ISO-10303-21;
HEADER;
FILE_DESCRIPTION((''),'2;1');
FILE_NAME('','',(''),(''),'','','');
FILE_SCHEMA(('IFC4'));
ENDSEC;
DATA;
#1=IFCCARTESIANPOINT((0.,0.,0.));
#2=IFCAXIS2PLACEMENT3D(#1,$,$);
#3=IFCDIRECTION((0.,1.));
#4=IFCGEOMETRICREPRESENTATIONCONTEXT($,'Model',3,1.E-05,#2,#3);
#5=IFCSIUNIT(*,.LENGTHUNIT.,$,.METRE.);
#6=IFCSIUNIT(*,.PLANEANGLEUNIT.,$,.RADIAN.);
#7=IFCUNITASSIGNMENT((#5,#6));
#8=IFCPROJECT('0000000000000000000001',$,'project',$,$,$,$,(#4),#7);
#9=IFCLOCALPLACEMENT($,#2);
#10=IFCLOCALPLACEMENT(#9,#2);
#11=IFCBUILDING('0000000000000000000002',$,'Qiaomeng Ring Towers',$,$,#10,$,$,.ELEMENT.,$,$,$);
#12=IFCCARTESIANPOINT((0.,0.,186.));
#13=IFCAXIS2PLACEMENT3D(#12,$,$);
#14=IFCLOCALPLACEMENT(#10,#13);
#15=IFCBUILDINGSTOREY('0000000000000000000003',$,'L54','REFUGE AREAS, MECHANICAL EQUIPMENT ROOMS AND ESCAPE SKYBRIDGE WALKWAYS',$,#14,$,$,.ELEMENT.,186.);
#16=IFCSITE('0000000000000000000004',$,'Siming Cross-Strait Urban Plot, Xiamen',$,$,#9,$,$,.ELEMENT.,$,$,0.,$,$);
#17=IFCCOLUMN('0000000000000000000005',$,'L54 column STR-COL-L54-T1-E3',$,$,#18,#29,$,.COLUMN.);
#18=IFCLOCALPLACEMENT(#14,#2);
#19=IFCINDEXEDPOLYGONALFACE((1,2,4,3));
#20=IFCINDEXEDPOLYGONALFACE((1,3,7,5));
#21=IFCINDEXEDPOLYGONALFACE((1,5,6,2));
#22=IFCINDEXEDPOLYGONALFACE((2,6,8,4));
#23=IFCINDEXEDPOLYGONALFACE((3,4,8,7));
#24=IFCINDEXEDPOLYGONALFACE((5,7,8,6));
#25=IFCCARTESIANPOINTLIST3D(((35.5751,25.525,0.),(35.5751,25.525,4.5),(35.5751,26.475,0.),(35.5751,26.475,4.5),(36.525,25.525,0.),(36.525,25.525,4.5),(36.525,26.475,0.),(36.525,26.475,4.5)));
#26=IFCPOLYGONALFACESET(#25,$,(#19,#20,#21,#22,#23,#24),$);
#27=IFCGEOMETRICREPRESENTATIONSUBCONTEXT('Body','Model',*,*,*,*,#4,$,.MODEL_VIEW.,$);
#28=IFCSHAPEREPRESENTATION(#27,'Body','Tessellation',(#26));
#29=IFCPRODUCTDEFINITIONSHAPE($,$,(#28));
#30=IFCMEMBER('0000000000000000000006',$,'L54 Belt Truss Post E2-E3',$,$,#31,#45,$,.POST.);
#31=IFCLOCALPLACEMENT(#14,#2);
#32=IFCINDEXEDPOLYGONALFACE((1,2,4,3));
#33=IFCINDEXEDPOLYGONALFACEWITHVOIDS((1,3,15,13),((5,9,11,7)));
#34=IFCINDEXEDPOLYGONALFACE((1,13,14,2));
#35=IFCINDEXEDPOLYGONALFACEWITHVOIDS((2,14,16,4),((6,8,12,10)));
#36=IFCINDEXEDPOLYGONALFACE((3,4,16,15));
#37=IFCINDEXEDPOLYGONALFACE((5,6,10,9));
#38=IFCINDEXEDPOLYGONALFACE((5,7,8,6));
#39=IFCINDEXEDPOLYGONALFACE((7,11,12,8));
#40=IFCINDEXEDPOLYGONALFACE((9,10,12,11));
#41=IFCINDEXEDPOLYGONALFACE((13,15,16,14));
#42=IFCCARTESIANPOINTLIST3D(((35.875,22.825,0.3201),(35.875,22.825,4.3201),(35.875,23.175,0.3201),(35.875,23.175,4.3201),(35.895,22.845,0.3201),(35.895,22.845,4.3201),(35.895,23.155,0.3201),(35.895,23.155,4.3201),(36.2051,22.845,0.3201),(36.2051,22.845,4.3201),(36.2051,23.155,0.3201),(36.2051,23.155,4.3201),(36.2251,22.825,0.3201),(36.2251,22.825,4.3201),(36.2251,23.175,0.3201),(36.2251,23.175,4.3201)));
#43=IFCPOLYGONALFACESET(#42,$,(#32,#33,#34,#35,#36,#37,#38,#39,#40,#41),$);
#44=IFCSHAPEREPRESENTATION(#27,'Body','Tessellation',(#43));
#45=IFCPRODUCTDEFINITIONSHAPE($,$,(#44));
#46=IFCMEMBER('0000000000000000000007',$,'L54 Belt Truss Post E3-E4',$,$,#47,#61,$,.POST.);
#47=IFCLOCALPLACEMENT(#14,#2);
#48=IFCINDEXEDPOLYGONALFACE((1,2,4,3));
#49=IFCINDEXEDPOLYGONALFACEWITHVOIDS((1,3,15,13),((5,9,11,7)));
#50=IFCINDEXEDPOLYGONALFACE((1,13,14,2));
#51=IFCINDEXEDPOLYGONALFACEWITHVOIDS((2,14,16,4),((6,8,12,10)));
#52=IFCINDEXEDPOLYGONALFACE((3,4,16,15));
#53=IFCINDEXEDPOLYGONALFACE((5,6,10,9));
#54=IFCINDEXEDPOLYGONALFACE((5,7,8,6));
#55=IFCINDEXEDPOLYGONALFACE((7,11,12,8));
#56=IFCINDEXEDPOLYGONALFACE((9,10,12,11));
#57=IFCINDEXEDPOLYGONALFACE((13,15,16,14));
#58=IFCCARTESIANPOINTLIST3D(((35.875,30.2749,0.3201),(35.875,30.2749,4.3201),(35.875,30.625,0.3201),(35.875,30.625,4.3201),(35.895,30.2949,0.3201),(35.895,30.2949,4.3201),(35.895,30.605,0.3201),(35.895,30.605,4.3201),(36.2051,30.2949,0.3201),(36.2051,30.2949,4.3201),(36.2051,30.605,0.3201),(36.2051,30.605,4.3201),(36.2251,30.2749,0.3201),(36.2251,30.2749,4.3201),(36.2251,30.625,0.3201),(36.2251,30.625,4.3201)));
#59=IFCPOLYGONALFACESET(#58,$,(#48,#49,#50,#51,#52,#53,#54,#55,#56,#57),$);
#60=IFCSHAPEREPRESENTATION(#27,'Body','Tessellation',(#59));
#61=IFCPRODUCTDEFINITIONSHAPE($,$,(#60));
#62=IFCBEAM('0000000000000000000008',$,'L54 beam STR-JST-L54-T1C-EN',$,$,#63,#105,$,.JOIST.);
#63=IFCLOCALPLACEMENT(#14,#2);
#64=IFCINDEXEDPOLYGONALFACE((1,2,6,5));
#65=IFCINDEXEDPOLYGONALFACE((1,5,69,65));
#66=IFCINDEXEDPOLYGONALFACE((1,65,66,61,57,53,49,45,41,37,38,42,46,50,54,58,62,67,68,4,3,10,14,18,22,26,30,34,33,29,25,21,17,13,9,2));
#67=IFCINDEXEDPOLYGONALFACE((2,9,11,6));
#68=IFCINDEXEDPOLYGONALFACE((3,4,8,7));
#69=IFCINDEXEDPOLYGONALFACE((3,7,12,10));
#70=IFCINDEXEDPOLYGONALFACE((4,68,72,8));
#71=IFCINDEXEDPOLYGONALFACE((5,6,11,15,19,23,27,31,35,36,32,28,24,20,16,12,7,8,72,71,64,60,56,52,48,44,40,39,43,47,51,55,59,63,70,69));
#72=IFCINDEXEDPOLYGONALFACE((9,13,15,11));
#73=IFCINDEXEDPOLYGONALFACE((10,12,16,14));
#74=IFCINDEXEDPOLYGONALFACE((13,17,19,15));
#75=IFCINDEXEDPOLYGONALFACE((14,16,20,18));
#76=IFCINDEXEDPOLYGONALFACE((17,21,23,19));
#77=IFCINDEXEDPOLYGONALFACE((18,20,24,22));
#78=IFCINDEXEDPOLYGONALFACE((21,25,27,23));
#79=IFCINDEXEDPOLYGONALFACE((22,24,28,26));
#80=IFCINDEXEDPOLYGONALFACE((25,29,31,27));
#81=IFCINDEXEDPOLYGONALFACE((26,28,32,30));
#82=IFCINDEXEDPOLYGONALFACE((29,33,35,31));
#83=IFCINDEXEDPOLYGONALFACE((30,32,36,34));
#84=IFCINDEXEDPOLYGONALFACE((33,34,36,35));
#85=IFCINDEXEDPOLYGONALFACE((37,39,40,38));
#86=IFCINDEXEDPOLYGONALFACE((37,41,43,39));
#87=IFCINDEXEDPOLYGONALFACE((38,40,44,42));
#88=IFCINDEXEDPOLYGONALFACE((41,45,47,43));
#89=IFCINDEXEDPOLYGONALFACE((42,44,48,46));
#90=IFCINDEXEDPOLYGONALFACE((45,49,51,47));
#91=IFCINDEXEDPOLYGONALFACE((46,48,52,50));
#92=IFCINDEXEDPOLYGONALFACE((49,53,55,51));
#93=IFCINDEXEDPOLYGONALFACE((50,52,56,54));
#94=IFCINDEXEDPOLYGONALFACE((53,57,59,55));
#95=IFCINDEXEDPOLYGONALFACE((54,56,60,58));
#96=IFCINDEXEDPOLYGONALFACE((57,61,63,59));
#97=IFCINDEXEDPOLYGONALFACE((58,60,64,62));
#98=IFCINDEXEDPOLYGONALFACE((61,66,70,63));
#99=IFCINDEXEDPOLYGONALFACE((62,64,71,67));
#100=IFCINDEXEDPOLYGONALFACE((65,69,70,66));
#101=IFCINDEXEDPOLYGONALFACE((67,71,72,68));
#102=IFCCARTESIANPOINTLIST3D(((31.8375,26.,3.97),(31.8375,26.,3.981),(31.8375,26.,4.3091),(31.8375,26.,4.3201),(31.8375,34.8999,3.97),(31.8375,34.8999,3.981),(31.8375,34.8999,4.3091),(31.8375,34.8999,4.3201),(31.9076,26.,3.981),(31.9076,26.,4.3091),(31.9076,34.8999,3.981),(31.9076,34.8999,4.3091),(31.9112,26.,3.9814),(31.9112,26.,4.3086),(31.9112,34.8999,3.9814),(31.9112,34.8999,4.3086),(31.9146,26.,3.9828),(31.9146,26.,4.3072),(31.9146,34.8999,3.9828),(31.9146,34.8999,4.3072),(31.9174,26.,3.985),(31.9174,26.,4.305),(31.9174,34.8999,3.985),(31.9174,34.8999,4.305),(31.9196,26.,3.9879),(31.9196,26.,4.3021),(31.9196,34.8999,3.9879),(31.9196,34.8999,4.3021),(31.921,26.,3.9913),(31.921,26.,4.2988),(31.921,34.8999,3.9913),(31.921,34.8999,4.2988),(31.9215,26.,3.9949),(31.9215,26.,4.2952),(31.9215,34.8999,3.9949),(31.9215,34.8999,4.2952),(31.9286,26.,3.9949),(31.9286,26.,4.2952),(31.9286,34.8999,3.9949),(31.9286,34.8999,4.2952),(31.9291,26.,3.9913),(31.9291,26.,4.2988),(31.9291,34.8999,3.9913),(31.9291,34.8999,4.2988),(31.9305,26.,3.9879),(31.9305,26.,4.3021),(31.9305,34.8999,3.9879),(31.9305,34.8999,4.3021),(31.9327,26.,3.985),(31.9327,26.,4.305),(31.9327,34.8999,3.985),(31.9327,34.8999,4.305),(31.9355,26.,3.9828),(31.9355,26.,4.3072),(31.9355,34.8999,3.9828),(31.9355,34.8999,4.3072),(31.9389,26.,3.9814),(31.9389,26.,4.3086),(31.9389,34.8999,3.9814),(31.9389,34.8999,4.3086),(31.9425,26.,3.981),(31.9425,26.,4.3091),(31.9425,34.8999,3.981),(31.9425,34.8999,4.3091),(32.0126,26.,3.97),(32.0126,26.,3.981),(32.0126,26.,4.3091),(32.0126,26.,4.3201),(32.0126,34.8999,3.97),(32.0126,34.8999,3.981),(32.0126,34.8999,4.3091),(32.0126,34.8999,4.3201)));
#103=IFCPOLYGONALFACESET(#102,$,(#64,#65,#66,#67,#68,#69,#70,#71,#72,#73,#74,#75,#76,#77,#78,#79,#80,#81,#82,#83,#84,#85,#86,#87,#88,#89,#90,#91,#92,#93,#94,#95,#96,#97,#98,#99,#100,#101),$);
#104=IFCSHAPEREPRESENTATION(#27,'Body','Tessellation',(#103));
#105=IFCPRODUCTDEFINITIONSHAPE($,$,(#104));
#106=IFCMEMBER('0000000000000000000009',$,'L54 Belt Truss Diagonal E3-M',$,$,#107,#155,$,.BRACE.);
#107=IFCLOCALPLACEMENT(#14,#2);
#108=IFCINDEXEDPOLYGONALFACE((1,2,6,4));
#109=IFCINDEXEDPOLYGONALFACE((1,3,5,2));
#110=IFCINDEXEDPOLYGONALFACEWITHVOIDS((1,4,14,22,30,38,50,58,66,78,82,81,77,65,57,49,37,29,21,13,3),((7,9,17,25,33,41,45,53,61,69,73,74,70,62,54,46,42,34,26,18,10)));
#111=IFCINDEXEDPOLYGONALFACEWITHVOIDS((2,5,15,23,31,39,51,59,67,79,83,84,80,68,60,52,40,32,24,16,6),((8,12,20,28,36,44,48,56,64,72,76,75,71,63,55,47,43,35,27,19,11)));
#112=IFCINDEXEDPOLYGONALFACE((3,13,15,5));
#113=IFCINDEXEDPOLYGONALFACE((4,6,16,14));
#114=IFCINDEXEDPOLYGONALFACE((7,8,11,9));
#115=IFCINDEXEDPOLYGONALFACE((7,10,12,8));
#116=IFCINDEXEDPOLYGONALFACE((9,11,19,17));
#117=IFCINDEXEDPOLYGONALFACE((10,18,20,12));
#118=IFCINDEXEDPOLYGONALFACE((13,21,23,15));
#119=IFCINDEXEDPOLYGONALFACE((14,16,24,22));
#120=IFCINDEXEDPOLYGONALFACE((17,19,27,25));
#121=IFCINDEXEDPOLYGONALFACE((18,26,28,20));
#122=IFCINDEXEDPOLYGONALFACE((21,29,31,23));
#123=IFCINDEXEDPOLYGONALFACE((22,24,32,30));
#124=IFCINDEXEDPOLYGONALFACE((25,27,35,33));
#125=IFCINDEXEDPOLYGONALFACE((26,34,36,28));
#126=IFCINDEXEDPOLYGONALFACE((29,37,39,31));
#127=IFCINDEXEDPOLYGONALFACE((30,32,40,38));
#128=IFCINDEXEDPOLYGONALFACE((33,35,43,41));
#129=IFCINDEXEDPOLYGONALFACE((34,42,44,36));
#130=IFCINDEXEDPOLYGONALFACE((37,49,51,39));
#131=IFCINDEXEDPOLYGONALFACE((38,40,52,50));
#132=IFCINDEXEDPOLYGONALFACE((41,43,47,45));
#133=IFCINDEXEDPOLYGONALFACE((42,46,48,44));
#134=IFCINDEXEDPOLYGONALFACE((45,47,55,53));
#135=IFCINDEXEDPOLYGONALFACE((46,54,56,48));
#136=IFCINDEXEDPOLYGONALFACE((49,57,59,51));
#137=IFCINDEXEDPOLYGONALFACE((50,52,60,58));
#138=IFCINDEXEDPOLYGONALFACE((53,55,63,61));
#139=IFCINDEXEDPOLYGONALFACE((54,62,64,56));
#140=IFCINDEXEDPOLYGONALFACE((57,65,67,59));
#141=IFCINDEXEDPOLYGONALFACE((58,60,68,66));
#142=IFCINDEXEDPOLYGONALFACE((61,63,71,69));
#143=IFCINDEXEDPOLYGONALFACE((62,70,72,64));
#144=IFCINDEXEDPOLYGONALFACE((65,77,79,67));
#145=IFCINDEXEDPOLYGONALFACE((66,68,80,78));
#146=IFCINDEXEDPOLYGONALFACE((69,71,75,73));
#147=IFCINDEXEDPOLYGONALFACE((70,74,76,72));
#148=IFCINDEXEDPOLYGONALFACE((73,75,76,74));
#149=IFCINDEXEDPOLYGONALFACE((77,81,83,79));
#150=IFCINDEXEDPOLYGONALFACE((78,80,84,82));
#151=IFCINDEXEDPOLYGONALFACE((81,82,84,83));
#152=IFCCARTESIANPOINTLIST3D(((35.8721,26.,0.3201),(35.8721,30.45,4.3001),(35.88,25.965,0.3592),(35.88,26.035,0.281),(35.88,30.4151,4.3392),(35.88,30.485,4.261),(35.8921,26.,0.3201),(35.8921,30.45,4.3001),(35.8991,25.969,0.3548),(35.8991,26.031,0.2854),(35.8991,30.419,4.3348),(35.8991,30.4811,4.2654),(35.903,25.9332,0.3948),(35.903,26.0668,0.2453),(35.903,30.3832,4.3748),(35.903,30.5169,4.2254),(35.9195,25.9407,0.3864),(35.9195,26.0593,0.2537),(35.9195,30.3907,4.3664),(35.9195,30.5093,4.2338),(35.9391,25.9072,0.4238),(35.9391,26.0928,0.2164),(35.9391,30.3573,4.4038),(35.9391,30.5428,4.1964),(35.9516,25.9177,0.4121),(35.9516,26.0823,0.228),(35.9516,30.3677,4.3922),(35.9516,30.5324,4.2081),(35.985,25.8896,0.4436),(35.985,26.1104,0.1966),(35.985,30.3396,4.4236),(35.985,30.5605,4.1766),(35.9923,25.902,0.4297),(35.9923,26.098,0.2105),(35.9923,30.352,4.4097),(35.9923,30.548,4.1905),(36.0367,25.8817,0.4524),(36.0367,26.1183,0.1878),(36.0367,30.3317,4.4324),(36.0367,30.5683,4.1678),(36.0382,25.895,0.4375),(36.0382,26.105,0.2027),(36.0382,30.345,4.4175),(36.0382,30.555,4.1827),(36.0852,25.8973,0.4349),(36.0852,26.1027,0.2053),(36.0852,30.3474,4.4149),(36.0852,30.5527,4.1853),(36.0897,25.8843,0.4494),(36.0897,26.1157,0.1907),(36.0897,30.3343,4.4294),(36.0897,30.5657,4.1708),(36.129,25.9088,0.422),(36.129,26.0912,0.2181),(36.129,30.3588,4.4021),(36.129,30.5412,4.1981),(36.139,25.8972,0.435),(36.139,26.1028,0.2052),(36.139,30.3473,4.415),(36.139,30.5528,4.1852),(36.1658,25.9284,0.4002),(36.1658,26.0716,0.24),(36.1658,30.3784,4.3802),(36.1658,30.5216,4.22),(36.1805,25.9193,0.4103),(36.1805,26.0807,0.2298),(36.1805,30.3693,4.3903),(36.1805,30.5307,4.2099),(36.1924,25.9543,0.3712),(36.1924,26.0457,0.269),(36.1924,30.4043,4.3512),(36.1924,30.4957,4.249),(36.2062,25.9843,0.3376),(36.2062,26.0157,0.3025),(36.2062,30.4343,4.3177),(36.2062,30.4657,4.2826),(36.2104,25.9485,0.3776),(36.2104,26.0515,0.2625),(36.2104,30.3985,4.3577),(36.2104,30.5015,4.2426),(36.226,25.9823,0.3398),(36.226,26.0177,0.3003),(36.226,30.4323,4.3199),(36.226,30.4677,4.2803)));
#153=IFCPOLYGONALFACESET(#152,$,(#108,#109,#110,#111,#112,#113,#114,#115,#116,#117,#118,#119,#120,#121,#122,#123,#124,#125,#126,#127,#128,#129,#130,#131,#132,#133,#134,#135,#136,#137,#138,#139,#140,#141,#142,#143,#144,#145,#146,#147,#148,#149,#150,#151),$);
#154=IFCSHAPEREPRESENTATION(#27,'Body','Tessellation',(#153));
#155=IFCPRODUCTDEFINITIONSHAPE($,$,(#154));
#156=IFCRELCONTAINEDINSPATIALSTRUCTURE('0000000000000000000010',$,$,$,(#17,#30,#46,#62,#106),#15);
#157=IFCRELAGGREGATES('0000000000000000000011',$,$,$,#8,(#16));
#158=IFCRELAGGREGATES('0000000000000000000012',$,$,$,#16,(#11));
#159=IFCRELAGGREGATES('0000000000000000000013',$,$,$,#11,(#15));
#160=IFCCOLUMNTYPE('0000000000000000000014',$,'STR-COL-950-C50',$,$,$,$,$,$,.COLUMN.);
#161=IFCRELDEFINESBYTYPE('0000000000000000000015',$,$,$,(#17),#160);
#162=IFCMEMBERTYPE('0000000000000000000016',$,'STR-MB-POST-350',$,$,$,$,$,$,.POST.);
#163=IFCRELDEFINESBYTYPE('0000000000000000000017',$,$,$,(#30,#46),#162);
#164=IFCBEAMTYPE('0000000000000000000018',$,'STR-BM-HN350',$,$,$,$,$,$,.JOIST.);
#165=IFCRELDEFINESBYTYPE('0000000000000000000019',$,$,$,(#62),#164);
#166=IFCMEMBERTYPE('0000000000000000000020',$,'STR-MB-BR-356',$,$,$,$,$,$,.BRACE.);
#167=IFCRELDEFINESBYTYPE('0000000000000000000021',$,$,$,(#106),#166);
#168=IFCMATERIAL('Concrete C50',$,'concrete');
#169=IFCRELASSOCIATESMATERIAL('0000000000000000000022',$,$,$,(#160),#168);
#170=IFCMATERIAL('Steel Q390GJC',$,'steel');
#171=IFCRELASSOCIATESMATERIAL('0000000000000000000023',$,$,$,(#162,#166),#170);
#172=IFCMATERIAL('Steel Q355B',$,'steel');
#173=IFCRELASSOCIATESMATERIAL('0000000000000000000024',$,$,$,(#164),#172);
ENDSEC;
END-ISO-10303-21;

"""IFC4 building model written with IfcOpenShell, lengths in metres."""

from ifc_helpers import new_model, si_unit, direction, frame, origin, origin_2d, place, context, subcontext, project, spatial, rectangle, hollow_rectangle, hollow_circle, i_section, extrude, source, transform, mapped, material, material_profile, profile_set, type_object, element, save


model = new_model("IFC4")

# Units and contexts
model_context = context("Model", 3, precision=1e-05, world=origin(), true_north=direction((0.0, 1.0)))
body_context = subcontext(model_context, "Body", "Model", "MODEL_VIEW")
ifc_project = project(units=[si_unit("LENGTHUNIT", "METRE"), si_unit("PLANEANGLEUNIT", "RADIAN")], contexts=[model_context])

# Site, building, storey
site_placement = place(None, origin())
site = spatial("IfcSite", under=ifc_project, at=site_placement, Name="Siming Cross-Strait Urban Plot, Xiamen", CompositionType="ELEMENT", RefElevation=0.0)
building_placement = place(site_placement, origin())
building = spatial("IfcBuilding", under=site, at=building_placement, Name="Qiaomeng Ring Towers", CompositionType="ELEMENT")
storey_placement = place(building_placement, frame((0.0, 0.0, 186.0)))
storey = spatial("IfcBuildingStorey", under=building, at=storey_placement, Name="L54", Description="REFUGE AREAS, MECHANICAL EQUIPMENT ROOMS AND ESCAPE SKYBRIDGE WALKWAYS", CompositionType="ELEMENT", Elevation=186.0)

# Column
ifc_material_1 = material(Name="Concrete C50", Category="concrete")
ifc_material_profile_1 = material_profile(ifc_material_1, rectangle(XDim=0.95, YDim=0.95, at=origin_2d()), Name="RC COL 950x950")
ifc_profile_set_1 = profile_set([ifc_material_profile_1], Name="Concrete C50")
column_type = type_object("IfcColumnType", Name="STR-COL-950-C50", PredefinedType="COLUMN", material=ifc_profile_set_1)
shared_shape_1 = source(origin(), body_context, "Body", "SweptSolid", [
    extrude(rectangle(XDim=0.95, YDim=0.95, at=origin_2d()), origin(), (0.0, 0.0, 1.0), 4.5),
])
column_placement = place(storey_placement, frame((36.05, 26.0, 0.0), z_axis=(0.0, 0.0, 1.0), x_axis=(1.0, 0.0, 0.0)))
element("IfcColumn", 1, at=column_placement, inside=storey, type_object=column_type, Name="L54 column STR-COL-L54-T1-E3", PredefinedType="COLUMN", context=body_context, shape_type="MappedRepresentation", body=[
    mapped(shared_shape_1, transform((0.0, 0.0, 0.0), x_axis=(1.0, 0.0, 0.0), y_axis=(0.0, 1.0, 0.0), z_axis=(0.0, 0.0, 1.0), scale=1.0)),
])

# Members
ifc_material_2 = material(Name="Steel Q390GJC", Category="steel")
ifc_material_profile_2 = material_profile(ifc_material_2, hollow_rectangle(XDim=0.3501, YDim=0.3501, WallThickness=0.02, at=origin_2d()), Name="SHS 350x350x20")
ifc_profile_set_2 = profile_set([ifc_material_profile_2], Name="Steel Q390GJC")
member_type_1 = type_object("IfcMemberType", Name="STR-MB-POST-350", PredefinedType="POST", material=ifc_profile_set_2)
shared_shape_2 = source(origin(), body_context, "Body", "SweptSolid", [
    extrude(hollow_rectangle(XDim=0.3501, YDim=0.3501, WallThickness=0.02, at=origin_2d()), origin(), (0.0, 0.0, 1.0), 4.0),
])
for number, where, z_axis, x_axis, name in (
    (2, (36.05, 23.0, 0.3201), (0.0, 0.0, 1.0), (1.0, 0.0, 0.0), "L54 Belt Truss Post E2-E3"),
    (3, (36.05, 30.45, 0.3201), (0.0, 0.0, 1.0), (1.0, 0.0, 0.0), "L54 Belt Truss Post E3-E4"),
):
    element("IfcMember", number, at=place(storey_placement, frame(where, z_axis=z_axis, x_axis=x_axis)), inside=storey, type_object=member_type_1, Name=name, PredefinedType="POST", context=body_context, shape_type="MappedRepresentation", body=[
        mapped(shared_shape_2, transform((0.0, 0.0, 0.0), x_axis=(1.0, 0.0, 0.0), y_axis=(0.0, 1.0, 0.0), z_axis=(0.0, 0.0, 1.0), scale=1.0)),
    ])

# Beam
ifc_material_3 = material(Name="Steel Q355B", Category="steel")
ifc_material_profile_3 = material_profile(ifc_material_3, i_section(OverallWidth=0.175, OverallDepth=0.3501, WebThickness=0.0071, FlangeThickness=0.011, FilletRadius=0.0139, at=origin_2d()), Name="HN 350x175x7x11")
ifc_profile_set_3 = profile_set([ifc_material_profile_3], Name="Steel Q355B")
beam_type_1 = type_object("IfcBeamType", Name="STR-BM-HN350", PredefinedType="JOIST", material=ifc_profile_set_3)
shared_shape_3 = source(origin(), body_context, "Body", "SweptSolid", [
    extrude(i_section(OverallWidth=0.175, OverallDepth=0.3501, WebThickness=0.0071, FlangeThickness=0.011, FilletRadius=0.0139, at=origin_2d()), origin(), (0.0, 0.0, 1.0), 8.8999),
])
beam_1_placement = place(storey_placement, frame((31.925, 26.0, 4.145), z_axis=(0.0, 1.0, 0.0), x_axis=(-1.0, 0.0, 0.0)))
element("IfcBeam", 4, at=beam_1_placement, inside=storey, type_object=beam_type_1, Name="L54 beam STR-JST-L54-T1C-EN", PredefinedType="JOIST", context=body_context, shape_type="MappedRepresentation", body=[
    mapped(shared_shape_3, transform((0.0, 0.0, 0.0), x_axis=(1.0, 0.0, 0.0), y_axis=(0.0, 1.0, 0.0), z_axis=(0.0, 0.0, 1.0), scale=1.0)),
])

# Member
ifc_material_profile_4 = material_profile(ifc_material_2, hollow_circle(Radius=0.178, WallThickness=0.02, at=origin_2d()), Name="CHS 356x20")
ifc_profile_set_4 = profile_set([ifc_material_profile_4], Name="Steel Q390GJC")
member_type_2 = type_object("IfcMemberType", Name="STR-MB-BR-356", PredefinedType="BRACE", material=ifc_profile_set_4)
shared_shape_4 = source(origin(), body_context, "Body", "SweptSolid", [
    extrude(hollow_circle(Radius=0.178, WallThickness=0.02, at=origin_2d()), origin(), (0.0, 0.0, 1.0), 5.9702),
])
member_1_placement = place(storey_placement, frame((36.05, 26.0, 0.3201), z_axis=(0.0, 0.745371, 0.66665), x_axis=(-1.0, 0.0, 0.0)))
element("IfcMember", 5, at=member_1_placement, inside=storey, type_object=member_type_2, Name="L54 Belt Truss Diagonal E3-M", PredefinedType="BRACE", context=body_context, shape_type="MappedRepresentation", body=[
    mapped(shared_shape_4, transform((0.0, 0.0, 0.0), x_axis=(1.0, 0.0, 0.0), y_axis=(0.0, 1.0, 0.0), z_axis=(0.0, 0.0, 1.0), scale=1.0)),
])

save(model, "model.ifc")
